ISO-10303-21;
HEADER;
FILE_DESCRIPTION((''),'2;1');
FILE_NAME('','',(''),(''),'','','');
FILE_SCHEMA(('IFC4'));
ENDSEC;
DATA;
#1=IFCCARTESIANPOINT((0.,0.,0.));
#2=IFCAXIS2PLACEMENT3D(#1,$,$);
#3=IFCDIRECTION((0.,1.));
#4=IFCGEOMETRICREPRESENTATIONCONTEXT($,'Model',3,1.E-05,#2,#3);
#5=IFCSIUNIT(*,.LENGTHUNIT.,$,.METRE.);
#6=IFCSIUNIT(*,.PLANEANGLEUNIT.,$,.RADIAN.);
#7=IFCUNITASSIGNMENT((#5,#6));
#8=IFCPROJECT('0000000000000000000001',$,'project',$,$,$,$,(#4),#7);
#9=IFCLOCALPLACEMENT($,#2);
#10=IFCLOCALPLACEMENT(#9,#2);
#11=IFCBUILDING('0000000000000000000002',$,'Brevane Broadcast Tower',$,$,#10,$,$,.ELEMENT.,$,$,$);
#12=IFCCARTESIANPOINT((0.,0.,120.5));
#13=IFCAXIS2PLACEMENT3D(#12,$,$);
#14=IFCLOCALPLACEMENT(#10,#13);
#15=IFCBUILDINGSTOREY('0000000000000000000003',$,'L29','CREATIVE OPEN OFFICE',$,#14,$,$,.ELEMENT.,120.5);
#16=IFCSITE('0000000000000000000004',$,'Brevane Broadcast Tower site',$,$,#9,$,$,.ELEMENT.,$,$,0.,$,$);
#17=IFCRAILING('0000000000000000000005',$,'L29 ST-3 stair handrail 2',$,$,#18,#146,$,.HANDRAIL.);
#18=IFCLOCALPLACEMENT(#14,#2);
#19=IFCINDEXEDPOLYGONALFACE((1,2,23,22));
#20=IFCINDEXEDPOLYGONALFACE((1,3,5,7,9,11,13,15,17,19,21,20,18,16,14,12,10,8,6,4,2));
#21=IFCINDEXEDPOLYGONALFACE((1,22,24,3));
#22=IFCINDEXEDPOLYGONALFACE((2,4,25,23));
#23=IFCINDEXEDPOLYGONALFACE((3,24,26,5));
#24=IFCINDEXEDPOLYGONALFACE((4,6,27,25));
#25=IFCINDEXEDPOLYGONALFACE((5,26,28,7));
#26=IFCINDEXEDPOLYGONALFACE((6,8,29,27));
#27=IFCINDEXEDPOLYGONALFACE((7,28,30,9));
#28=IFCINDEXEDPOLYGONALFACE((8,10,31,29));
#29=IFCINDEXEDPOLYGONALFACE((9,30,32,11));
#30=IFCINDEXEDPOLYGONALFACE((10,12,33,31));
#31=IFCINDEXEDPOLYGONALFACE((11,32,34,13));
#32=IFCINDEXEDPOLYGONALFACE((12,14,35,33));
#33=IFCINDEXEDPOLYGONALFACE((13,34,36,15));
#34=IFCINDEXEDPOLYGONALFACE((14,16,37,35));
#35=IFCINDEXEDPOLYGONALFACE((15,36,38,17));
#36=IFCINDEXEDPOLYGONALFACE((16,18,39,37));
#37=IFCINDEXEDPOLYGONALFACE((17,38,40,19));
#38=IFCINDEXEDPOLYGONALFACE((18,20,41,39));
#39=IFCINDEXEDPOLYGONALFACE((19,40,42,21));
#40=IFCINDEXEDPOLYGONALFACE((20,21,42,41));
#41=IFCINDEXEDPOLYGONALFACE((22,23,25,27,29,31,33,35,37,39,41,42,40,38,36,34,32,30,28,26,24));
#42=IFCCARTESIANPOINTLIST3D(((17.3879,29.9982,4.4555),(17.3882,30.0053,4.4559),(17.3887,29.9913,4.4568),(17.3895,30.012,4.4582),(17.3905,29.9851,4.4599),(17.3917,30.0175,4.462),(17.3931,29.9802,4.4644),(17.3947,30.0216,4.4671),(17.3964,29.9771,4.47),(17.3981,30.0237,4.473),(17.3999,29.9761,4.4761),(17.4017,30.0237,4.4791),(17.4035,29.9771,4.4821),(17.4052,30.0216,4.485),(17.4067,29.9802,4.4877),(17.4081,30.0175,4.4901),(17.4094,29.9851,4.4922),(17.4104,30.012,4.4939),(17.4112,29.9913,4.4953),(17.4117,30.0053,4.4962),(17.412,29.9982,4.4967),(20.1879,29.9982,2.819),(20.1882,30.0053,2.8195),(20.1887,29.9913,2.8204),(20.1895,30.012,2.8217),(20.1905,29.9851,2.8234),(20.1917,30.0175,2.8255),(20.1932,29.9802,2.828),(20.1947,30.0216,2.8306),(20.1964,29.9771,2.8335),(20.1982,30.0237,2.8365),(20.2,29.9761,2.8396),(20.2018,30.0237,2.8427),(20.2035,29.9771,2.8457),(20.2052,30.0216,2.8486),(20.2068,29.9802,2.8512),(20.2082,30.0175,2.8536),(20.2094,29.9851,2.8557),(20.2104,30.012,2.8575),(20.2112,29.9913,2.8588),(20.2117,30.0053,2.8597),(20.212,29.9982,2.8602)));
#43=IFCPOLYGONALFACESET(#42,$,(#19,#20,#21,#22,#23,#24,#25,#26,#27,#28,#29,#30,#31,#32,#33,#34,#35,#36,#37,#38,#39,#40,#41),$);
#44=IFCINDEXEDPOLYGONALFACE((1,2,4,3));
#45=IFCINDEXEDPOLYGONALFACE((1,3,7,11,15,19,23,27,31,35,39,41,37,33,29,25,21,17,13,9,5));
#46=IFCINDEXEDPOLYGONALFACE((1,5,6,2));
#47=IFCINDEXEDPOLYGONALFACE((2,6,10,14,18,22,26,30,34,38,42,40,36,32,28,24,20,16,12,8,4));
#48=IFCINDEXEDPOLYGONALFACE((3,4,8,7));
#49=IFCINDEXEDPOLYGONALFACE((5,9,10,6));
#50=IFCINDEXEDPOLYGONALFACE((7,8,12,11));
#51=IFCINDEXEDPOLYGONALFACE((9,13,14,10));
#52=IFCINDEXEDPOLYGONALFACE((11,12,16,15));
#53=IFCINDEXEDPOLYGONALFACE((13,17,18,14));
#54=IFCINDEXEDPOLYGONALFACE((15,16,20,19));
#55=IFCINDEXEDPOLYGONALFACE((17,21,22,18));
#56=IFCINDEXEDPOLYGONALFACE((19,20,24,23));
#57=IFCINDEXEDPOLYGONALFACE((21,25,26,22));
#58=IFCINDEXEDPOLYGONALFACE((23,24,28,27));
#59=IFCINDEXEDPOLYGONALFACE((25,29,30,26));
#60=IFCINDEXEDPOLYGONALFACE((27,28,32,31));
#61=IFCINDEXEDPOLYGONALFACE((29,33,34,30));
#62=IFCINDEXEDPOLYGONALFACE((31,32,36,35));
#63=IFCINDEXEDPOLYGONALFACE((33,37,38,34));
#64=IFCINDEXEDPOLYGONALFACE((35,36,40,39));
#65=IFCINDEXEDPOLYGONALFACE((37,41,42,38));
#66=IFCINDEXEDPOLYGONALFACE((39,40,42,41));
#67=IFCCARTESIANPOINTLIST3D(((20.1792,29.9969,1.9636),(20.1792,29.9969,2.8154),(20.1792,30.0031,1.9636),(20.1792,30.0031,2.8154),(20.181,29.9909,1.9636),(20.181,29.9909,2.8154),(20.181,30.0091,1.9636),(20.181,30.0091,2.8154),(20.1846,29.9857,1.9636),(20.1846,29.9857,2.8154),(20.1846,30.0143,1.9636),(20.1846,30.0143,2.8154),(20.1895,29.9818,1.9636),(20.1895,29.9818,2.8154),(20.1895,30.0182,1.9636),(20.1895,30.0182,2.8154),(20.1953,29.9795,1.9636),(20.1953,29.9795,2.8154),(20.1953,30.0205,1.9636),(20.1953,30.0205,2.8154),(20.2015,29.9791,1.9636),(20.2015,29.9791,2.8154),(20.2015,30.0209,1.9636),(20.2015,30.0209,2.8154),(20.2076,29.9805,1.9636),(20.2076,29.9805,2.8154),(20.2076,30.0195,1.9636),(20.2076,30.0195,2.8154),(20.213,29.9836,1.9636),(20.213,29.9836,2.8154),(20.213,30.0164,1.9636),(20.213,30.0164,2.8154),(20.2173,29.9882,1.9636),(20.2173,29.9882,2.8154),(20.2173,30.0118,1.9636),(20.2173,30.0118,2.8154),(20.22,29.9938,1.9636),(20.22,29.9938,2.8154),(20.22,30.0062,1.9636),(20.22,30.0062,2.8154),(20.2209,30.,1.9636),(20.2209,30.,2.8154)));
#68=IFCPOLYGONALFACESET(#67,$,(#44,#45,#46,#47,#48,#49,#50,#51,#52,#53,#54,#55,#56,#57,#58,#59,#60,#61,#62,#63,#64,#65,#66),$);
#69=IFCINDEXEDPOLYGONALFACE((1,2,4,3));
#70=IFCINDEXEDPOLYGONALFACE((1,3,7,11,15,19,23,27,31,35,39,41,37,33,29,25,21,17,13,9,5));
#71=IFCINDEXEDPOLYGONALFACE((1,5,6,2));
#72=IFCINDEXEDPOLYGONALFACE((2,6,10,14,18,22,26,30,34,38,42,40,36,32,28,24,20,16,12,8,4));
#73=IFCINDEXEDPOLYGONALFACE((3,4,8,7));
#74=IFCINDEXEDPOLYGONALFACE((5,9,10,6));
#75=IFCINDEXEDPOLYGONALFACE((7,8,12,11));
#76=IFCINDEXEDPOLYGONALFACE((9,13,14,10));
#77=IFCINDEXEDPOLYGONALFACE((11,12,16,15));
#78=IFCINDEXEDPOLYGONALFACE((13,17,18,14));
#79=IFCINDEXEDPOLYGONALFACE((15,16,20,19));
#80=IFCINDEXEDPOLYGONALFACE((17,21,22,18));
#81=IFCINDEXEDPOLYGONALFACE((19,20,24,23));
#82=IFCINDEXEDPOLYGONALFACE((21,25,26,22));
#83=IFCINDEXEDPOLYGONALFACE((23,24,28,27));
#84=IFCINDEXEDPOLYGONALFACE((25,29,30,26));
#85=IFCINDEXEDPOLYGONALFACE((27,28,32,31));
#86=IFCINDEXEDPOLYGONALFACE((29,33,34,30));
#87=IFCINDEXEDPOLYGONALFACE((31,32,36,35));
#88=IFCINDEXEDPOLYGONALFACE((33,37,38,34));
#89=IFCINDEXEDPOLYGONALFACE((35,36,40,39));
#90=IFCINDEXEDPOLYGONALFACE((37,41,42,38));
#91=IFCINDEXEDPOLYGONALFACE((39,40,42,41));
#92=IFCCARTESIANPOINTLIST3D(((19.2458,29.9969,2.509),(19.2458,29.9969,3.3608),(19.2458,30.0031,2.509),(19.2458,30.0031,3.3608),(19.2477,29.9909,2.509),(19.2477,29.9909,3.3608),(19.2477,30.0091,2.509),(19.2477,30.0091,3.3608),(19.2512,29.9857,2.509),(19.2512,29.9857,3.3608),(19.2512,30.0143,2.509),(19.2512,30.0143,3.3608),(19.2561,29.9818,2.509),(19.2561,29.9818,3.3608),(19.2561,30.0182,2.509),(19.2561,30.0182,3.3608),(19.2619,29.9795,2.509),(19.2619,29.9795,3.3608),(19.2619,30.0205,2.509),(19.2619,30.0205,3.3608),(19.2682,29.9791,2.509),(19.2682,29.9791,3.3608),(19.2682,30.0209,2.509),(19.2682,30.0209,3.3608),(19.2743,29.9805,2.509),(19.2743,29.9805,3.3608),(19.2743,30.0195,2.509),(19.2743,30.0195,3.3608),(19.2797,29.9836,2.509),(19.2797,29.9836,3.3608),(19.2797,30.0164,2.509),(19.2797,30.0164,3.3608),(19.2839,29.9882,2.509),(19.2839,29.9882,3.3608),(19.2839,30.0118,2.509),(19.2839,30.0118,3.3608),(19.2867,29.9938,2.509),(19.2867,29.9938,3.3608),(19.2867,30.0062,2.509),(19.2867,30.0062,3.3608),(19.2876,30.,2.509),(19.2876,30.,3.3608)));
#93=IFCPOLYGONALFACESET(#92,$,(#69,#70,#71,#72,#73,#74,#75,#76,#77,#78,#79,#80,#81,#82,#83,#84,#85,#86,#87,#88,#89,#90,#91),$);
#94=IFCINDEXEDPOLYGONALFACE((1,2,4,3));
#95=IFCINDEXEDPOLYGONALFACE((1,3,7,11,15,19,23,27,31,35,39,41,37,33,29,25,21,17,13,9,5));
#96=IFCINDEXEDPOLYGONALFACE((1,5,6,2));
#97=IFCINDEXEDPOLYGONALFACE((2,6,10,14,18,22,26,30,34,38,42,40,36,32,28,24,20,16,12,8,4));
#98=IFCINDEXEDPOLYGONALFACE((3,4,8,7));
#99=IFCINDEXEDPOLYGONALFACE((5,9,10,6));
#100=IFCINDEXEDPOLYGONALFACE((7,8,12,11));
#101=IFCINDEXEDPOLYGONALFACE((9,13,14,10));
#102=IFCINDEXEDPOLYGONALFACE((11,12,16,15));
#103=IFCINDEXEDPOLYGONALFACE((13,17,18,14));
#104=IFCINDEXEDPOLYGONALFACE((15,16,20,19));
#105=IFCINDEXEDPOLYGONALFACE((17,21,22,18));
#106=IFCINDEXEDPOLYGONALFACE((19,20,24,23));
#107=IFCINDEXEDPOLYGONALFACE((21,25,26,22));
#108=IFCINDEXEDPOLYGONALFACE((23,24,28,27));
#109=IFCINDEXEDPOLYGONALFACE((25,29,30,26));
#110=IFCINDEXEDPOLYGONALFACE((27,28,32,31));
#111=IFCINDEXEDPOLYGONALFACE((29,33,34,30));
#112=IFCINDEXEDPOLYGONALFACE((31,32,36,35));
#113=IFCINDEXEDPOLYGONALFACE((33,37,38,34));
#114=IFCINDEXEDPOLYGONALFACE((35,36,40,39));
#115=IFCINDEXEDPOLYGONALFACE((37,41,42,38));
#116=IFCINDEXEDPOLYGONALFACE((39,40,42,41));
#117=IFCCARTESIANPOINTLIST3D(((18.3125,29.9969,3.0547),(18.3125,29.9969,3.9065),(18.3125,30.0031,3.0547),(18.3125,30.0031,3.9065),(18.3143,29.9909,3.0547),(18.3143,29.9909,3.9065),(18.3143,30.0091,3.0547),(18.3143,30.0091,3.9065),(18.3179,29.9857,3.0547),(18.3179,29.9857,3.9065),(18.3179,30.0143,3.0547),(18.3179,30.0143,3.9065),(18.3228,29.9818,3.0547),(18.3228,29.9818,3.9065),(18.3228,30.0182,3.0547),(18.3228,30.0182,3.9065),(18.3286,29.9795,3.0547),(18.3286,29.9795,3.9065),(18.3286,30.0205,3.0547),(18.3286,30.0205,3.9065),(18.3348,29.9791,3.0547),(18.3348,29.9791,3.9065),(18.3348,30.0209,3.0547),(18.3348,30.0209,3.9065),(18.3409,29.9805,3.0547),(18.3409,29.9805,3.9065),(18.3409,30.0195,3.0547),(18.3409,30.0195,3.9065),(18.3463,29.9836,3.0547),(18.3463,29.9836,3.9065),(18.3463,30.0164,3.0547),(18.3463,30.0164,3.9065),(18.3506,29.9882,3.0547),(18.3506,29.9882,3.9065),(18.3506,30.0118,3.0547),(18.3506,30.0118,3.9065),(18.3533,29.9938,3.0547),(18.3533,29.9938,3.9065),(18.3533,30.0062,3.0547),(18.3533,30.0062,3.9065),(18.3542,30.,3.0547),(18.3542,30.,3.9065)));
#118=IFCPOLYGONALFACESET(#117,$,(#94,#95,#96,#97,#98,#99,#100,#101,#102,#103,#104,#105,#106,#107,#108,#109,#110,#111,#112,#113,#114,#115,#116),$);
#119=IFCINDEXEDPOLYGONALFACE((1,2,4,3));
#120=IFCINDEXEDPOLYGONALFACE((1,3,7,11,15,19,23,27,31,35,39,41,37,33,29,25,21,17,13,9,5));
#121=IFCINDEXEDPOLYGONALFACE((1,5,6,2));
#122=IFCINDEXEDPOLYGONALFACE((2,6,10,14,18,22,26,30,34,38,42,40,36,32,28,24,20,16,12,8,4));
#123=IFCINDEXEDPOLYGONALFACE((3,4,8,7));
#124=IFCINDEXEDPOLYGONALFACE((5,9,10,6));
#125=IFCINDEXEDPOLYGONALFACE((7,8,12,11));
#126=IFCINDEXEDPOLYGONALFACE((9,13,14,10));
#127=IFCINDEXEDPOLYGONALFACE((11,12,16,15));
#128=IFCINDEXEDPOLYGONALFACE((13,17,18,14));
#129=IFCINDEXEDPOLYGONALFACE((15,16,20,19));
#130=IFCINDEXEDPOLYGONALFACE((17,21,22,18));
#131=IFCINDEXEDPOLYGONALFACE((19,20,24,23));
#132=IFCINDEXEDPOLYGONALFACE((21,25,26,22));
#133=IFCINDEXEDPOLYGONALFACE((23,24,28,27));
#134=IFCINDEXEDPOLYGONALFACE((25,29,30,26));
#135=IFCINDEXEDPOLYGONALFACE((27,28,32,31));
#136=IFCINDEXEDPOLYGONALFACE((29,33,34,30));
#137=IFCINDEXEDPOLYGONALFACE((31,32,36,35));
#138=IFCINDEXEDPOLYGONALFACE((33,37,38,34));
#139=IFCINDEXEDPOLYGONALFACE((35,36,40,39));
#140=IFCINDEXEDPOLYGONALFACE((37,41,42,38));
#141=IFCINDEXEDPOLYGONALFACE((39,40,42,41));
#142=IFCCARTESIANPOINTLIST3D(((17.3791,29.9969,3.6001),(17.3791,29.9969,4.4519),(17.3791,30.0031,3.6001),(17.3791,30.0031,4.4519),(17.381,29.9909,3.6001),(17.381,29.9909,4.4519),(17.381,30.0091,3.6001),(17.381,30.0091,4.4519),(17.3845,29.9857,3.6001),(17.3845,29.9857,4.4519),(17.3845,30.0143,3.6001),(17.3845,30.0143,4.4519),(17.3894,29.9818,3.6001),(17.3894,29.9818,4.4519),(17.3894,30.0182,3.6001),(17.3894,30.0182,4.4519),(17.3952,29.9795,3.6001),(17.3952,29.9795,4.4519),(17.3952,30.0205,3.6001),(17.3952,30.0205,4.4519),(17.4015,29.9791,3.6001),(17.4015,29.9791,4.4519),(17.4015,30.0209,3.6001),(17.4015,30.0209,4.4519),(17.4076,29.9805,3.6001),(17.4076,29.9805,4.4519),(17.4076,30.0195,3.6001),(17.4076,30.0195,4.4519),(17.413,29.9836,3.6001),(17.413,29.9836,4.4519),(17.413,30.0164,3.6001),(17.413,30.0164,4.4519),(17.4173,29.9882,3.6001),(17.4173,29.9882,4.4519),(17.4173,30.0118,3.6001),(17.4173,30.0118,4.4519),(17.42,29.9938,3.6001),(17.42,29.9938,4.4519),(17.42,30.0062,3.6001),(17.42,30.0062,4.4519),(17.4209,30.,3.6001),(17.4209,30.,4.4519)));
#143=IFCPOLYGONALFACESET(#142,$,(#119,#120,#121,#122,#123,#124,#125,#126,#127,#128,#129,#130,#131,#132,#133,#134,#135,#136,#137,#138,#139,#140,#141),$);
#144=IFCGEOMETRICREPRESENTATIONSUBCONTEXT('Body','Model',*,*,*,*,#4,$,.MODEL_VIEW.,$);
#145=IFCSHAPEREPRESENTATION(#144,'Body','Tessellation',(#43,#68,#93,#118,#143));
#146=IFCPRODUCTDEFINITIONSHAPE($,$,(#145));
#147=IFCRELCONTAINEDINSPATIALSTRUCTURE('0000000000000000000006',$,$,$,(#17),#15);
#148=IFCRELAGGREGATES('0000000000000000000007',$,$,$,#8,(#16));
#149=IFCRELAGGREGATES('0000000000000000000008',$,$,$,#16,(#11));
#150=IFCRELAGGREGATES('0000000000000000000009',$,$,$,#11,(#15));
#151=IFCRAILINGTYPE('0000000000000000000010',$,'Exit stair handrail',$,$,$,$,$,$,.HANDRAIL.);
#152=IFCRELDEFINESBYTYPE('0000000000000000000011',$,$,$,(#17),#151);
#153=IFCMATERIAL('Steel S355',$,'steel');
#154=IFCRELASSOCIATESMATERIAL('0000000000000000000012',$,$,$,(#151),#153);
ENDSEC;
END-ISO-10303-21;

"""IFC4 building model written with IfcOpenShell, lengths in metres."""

from ifc_helpers import new_model, si_unit, direction, frame, origin, origin_2d, place, context, subcontext, project, spatial, circle, extrude, material, type_object, element, save


model = new_model("IFC4")

# Units and contexts
model_context = context("Model", 3, precision=1e-05, world=origin(), true_north=direction((0.0, 1.0)))
body_context = subcontext(model_context, "Body", "Model", "MODEL_VIEW")
ifc_project = project(units=[si_unit("LENGTHUNIT", "METRE"), si_unit("PLANEANGLEUNIT", "RADIAN")], contexts=[model_context])

# Site, building, storey
site_placement = place(None, origin())
site = spatial("IfcSite", under=ifc_project, at=site_placement, Name="Brevane Broadcast Tower site", CompositionType="ELEMENT", RefElevation=0.0)
building_placement = place(site_placement, origin())
building = spatial("IfcBuilding", under=site, at=building_placement, Name="Brevane Broadcast Tower", CompositionType="ELEMENT")
storey_placement = place(building_placement, frame((0.0, 0.0, 120.5)))
storey = spatial("IfcBuildingStorey", under=building, at=storey_placement, Name="L29", Description="CREATIVE OPEN OFFICE", CompositionType="ELEMENT", Elevation=120.5)

# Railing
ifc_material_1 = material(Name="Steel S355", Category="steel")
railing_type_1 = type_object("IfcRailingType", Name="Exit stair handrail", PredefinedType="HANDRAIL", material=ifc_material_1)
railing_1_placement = place(storey_placement, frame((20.2, 30.0, 1.9636)))
element("IfcRailing", 1, at=railing_1_placement, inside=storey, type_object=railing_type_1, Name="L29 ST-3 stair handrail 2", PredefinedType="HANDRAIL", context=body_context, shape_type="SweptSolid", body=[
    extrude(circle(Radius=0.0239, at=origin_2d()), frame((0.0, 0.0, 0.876), z_axis=(-0.863361, 0.0, 0.504587), x_axis=(0.0, -1.0, 0.0)), (0.0, 0.0, 1.0), 3.2432),
    extrude(circle(Radius=0.021, at=origin_2d()), origin(), (0.0, 0.0, 1.0), 0.8518),
    extrude(circle(Radius=0.021, at=origin_2d()), frame((-0.9333, 0.0, 0.5454)), (0.0, 0.0, 1.0), 0.8518),
    extrude(circle(Radius=0.021, at=origin_2d()), frame((-1.8667, 0.0, 1.0911)), (0.0, 0.0, 1.0), 0.8518),
    extrude(circle(Radius=0.021, at=origin_2d()), frame((-2.8, 0.0, 1.6365)), (0.0, 0.0, 1.0), 0.8518),
])

save(model, "model.ifc")
